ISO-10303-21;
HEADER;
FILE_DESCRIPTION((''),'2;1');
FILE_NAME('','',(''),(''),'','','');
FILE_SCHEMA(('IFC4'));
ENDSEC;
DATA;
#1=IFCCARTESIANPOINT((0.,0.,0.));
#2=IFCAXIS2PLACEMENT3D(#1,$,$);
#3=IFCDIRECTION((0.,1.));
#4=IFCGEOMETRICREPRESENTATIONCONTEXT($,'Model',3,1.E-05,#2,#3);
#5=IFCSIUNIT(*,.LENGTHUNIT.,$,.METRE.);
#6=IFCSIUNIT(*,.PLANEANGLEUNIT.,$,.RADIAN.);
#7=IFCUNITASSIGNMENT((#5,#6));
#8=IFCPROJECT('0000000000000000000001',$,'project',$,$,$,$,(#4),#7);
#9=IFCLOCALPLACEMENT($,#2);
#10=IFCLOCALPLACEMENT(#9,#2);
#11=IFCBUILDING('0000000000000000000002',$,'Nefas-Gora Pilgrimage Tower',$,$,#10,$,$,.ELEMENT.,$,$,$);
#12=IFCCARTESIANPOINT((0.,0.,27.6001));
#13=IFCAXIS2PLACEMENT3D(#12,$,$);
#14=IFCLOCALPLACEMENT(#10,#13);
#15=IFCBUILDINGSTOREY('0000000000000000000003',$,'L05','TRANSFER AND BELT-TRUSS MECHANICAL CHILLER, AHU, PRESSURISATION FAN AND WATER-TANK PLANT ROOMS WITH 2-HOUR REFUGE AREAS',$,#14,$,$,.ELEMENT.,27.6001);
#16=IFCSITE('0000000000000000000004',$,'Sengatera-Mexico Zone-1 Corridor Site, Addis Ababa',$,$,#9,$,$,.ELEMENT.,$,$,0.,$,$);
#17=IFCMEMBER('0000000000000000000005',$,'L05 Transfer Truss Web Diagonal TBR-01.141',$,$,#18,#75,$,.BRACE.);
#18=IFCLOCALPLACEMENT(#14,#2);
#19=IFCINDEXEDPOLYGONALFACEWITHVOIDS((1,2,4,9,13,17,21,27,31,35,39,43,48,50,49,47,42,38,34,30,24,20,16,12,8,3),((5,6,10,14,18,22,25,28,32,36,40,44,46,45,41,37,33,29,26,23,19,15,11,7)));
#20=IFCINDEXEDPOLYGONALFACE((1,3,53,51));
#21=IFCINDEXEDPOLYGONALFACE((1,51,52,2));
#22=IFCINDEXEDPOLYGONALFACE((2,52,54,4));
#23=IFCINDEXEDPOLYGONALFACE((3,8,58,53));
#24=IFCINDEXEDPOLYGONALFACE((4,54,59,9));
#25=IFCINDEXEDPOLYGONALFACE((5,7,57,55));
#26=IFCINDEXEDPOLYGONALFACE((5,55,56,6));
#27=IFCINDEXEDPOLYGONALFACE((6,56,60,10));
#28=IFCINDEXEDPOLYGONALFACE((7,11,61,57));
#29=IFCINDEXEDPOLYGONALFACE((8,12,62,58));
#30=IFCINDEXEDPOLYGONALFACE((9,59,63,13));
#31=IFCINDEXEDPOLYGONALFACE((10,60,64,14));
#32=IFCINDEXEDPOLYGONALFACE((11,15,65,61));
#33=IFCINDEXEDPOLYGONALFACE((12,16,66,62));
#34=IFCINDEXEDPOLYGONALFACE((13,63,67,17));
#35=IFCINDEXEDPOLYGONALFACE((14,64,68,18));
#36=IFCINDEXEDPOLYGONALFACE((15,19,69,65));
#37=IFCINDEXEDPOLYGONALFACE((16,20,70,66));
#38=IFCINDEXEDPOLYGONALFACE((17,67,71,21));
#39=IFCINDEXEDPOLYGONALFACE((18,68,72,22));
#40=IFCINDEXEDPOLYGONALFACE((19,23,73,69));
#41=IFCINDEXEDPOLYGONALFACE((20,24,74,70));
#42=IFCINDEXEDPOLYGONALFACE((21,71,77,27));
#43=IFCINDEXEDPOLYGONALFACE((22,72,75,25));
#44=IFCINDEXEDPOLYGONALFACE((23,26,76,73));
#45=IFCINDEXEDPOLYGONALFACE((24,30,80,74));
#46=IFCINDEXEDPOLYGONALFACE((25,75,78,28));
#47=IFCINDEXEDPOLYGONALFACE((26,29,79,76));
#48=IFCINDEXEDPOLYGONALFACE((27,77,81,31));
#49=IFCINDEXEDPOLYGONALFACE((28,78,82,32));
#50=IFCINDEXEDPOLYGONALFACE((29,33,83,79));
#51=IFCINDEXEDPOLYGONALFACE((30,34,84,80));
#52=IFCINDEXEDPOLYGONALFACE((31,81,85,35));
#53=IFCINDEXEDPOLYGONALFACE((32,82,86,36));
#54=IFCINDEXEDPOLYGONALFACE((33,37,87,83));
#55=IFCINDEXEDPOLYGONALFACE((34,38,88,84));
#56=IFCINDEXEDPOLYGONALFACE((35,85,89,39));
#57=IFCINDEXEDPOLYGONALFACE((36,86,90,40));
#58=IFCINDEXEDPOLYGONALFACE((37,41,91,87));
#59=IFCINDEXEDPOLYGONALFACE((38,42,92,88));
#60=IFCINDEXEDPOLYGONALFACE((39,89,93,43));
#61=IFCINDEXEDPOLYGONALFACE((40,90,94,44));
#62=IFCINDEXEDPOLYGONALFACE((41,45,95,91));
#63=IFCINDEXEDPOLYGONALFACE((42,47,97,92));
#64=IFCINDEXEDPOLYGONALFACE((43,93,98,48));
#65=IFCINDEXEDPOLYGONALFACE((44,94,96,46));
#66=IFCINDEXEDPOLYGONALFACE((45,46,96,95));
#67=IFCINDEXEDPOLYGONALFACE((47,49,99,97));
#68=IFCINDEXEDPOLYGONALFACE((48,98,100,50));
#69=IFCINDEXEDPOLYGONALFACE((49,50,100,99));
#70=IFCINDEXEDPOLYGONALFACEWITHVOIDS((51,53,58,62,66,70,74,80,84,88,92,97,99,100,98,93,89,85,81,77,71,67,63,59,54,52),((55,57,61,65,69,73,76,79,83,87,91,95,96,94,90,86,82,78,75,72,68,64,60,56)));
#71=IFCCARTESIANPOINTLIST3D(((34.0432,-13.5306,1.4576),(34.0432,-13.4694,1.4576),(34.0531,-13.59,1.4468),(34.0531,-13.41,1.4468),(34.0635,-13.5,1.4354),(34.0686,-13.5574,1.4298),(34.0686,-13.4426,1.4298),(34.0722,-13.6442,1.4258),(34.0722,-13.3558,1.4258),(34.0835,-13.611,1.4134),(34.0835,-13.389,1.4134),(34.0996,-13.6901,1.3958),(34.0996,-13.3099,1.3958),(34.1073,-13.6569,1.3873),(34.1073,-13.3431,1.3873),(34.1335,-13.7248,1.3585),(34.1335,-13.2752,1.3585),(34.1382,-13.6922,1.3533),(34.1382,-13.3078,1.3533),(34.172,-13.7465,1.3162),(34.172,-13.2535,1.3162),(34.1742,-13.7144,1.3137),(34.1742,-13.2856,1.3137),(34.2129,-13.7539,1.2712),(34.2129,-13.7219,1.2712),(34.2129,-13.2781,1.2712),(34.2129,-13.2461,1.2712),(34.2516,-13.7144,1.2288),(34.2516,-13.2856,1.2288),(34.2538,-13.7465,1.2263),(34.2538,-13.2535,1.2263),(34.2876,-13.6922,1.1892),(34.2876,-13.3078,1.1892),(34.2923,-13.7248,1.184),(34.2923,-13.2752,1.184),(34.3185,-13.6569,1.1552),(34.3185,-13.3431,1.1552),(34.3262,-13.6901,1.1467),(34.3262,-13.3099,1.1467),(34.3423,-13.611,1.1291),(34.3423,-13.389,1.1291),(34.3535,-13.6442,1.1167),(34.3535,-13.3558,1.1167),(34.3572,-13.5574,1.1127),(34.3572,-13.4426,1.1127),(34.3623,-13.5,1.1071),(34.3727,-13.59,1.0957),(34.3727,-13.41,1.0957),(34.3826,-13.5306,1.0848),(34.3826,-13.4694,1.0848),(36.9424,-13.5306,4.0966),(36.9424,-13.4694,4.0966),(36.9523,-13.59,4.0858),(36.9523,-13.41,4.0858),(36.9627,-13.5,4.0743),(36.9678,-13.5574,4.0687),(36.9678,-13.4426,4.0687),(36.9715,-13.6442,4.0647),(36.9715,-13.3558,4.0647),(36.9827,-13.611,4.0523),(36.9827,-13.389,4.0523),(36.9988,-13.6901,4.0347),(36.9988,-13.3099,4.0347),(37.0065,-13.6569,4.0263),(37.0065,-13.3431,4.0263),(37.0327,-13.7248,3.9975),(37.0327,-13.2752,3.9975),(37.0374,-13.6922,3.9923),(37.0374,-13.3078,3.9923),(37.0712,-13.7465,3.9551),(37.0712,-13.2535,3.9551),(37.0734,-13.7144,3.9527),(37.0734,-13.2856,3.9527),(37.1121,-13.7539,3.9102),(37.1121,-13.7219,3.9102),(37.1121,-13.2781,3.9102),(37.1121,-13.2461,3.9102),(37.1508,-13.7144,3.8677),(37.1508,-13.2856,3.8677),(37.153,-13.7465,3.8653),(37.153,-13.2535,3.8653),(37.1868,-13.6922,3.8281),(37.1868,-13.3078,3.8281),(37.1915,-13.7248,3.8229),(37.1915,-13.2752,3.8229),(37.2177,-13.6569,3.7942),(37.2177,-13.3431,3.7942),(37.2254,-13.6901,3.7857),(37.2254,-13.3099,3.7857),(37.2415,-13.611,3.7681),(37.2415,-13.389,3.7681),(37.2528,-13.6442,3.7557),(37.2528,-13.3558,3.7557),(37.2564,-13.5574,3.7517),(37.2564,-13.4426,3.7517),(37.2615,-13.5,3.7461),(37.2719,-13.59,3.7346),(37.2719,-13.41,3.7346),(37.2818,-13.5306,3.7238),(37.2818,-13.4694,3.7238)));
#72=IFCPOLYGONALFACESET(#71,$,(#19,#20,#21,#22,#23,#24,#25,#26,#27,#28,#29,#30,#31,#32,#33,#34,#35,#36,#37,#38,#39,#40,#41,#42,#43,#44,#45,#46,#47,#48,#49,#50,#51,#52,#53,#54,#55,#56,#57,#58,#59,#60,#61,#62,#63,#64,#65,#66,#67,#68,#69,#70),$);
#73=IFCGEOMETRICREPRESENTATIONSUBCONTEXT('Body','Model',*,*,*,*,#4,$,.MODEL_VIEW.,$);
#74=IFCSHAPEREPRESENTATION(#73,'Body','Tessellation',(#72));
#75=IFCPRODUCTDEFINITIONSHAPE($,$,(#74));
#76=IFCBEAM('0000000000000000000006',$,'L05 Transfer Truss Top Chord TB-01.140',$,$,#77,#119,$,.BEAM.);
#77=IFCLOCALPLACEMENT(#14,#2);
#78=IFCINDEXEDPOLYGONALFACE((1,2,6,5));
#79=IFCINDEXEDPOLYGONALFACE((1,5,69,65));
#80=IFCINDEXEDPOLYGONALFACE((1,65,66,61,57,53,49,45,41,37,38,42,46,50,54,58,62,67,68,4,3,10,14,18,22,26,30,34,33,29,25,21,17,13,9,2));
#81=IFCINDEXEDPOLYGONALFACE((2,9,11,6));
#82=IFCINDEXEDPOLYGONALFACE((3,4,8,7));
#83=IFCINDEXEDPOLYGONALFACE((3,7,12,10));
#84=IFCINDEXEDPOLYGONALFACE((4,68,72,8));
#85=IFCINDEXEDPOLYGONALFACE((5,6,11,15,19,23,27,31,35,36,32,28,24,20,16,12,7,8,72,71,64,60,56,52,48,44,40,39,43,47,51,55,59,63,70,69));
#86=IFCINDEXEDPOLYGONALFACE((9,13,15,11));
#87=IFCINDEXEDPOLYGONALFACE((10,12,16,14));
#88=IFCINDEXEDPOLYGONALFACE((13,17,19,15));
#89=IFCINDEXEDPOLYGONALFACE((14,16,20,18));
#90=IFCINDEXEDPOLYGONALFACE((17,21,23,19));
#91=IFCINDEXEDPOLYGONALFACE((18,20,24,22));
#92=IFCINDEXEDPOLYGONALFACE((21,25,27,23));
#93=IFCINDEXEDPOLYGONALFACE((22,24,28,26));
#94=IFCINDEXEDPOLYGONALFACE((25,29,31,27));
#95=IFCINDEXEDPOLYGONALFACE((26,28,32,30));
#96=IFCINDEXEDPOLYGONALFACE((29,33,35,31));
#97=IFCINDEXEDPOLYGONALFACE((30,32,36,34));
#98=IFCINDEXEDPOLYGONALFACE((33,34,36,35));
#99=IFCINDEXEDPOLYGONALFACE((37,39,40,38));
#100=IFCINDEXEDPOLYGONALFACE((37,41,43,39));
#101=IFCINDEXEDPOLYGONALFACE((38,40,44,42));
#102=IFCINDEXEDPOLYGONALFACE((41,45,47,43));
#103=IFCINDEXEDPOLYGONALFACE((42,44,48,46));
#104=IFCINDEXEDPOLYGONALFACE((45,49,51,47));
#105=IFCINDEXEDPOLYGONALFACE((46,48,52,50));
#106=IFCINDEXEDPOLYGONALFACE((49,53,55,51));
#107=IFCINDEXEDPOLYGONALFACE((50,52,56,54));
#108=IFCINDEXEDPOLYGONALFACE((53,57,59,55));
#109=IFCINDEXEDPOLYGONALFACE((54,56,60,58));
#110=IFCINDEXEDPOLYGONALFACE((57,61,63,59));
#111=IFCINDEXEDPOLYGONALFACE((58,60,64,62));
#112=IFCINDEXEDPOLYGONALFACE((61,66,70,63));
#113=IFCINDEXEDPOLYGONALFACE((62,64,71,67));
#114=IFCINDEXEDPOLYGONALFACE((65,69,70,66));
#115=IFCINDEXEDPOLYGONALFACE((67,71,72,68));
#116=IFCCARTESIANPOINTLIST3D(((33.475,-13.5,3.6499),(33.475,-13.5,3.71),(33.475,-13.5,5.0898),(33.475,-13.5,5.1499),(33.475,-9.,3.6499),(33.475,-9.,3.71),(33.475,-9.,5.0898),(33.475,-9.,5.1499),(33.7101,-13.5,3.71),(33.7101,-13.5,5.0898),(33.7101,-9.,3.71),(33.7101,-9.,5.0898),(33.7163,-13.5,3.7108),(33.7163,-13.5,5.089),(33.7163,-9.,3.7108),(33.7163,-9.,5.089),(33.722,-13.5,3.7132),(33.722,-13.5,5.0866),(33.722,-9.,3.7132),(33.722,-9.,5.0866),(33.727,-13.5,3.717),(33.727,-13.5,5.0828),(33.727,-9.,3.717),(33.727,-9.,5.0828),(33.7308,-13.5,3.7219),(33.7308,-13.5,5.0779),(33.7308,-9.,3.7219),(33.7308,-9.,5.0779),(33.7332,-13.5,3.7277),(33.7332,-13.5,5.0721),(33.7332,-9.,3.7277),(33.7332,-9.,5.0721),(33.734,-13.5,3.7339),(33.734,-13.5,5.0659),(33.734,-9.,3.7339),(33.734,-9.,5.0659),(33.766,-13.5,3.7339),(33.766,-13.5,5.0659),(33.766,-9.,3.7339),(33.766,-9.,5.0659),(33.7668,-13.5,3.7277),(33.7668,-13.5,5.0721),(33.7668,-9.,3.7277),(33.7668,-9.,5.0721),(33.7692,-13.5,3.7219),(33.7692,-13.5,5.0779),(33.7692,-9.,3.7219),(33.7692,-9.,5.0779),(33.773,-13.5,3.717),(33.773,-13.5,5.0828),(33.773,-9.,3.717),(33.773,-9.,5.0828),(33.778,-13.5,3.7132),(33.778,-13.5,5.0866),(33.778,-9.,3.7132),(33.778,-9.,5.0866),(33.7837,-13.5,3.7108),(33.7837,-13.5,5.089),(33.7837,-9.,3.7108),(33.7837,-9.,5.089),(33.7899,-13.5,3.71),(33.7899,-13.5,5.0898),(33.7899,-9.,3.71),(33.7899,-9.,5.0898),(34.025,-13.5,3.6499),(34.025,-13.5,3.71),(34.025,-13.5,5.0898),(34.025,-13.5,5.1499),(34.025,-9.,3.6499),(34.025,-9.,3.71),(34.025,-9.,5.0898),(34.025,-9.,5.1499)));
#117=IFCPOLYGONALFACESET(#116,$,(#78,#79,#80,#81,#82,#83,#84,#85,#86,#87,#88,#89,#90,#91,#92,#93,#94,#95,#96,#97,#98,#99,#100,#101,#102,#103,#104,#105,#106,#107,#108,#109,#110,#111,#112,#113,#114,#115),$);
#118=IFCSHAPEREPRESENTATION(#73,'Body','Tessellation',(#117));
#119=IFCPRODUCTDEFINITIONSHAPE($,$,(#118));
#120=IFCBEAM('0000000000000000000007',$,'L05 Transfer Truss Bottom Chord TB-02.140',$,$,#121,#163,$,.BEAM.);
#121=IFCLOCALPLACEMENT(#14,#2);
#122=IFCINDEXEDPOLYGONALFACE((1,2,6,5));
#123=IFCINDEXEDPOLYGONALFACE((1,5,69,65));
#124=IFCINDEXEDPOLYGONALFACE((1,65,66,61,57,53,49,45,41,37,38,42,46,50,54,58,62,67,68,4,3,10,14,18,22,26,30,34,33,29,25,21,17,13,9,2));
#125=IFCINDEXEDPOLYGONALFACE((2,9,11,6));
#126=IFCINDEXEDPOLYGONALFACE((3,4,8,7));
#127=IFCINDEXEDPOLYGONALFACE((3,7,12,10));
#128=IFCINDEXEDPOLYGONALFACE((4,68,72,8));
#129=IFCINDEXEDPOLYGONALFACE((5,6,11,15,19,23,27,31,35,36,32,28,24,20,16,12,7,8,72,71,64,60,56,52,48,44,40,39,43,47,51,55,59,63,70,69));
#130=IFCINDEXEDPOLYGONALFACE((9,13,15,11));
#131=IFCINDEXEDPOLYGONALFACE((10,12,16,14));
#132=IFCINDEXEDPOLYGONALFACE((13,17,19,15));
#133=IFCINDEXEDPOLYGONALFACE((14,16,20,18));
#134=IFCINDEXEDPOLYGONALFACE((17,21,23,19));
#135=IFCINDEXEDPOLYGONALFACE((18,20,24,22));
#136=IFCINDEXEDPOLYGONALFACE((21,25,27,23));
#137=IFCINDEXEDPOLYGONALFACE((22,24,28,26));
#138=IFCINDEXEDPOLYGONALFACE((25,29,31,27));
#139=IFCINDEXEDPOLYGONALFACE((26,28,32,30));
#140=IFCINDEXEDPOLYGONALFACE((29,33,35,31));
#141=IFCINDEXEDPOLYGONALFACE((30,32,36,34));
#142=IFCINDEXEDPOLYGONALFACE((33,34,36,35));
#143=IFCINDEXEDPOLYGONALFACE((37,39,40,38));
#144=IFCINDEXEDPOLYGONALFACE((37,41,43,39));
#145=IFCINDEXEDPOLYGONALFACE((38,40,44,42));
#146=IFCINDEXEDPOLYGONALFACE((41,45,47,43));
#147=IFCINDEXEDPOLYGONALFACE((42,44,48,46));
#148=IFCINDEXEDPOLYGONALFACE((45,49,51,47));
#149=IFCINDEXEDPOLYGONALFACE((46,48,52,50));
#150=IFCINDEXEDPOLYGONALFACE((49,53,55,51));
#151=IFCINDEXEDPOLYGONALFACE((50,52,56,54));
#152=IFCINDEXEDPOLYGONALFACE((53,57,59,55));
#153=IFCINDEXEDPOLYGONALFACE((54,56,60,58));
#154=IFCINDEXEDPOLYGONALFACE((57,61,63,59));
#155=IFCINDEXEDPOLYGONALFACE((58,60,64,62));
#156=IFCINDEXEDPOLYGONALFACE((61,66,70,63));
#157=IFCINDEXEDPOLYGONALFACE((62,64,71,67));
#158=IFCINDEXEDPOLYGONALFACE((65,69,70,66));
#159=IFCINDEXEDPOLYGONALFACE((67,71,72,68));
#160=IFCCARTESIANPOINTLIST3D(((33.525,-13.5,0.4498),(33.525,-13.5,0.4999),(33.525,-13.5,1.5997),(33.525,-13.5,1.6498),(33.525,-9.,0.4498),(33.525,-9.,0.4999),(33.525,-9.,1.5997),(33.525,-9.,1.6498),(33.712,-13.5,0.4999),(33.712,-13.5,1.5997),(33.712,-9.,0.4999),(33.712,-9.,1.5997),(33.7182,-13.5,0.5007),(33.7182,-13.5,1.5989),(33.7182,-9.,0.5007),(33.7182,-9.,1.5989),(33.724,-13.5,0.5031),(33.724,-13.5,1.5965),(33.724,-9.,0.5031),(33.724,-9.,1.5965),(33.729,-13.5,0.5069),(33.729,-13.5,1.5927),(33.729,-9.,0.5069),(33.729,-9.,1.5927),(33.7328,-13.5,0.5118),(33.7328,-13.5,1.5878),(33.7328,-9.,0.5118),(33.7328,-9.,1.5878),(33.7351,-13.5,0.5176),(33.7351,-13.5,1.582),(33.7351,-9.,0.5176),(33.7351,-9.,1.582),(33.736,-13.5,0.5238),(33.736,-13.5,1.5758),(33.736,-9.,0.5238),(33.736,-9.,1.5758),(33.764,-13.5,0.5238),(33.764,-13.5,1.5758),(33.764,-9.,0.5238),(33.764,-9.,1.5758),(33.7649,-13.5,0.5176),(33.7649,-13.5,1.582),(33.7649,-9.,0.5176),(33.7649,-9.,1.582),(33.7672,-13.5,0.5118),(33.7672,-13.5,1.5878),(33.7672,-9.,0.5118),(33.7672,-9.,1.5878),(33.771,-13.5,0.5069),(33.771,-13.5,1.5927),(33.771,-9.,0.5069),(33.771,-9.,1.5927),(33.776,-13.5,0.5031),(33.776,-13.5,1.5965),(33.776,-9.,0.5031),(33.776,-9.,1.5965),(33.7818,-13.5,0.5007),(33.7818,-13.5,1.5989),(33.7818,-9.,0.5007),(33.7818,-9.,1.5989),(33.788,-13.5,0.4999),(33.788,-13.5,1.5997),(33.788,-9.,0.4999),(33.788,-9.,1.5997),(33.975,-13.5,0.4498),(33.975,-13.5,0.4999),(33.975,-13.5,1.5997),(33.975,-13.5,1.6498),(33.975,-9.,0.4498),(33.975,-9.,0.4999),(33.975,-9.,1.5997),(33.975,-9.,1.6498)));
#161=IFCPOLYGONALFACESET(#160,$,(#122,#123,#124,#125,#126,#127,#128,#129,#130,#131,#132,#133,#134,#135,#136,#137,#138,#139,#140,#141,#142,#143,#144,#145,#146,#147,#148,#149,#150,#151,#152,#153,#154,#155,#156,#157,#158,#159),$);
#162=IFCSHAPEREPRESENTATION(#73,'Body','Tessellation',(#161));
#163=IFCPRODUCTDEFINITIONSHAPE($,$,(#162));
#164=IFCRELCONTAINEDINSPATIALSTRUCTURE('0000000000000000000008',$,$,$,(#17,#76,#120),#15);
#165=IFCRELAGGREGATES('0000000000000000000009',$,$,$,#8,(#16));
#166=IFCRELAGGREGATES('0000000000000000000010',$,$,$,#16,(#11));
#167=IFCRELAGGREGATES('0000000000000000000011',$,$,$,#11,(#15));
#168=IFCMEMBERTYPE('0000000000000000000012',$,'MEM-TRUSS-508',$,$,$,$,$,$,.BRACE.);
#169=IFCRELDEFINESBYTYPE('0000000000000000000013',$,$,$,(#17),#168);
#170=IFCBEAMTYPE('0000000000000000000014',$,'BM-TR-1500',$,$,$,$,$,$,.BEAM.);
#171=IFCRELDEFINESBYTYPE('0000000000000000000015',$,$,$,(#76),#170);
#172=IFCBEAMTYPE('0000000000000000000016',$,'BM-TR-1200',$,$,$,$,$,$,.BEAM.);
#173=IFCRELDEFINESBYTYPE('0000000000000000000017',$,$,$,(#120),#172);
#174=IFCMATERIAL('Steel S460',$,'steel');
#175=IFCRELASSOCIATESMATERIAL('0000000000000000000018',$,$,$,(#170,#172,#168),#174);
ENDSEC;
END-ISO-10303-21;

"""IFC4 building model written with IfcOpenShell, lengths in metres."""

from ifc_helpers import new_model, si_unit, direction, frame, origin, origin_2d, place, context, subcontext, project, spatial, hollow_circle, i_section, extrude, source, transform, mapped, material, material_profile, profile_set, type_object, element, save


model = new_model("IFC4")

# Units and contexts
model_context = context("Model", 3, precision=1e-05, world=origin(), true_north=direction((0.0, 1.0)))
body_context = subcontext(model_context, "Body", "Model", "MODEL_VIEW")
ifc_project = project(units=[si_unit("LENGTHUNIT", "METRE"), si_unit("PLANEANGLEUNIT", "RADIAN")], contexts=[model_context])

# Site, building, storey
site_placement = place(None, origin())
site = spatial("IfcSite", under=ifc_project, at=site_placement, Name="Sengatera-Mexico Zone-1 Corridor Site, Addis Ababa", CompositionType="ELEMENT", RefElevation=0.0)
building_placement = place(site_placement, origin())
building = spatial("IfcBuilding", under=site, at=building_placement, Name="Nefas-Gora Pilgrimage Tower", CompositionType="ELEMENT")
storey_placement = place(building_placement, frame((0.0, 0.0, 27.6001)))
storey = spatial("IfcBuildingStorey", under=building, at=storey_placement, Name="L05", Description="TRANSFER AND BELT-TRUSS MECHANICAL CHILLER, AHU, PRESSURISATION FAN AND WATER-TANK PLANT ROOMS WITH 2-HOUR REFUGE AREAS", CompositionType="ELEMENT", Elevation=27.6001)

# Shared definitions
ifc_material_1 = material(Name="Steel S460", Category="steel")

# Shared definitions
ifc_material_profile_1 = material_profile(ifc_material_1, i_section(OverallWidth=0.55, OverallDepth=1.5, WebThickness=0.032, FlangeThickness=0.0601, FilletRadius=0.0239, at=origin_2d()), Name="WPG 1500x550x32x60")
ifc_profile_set_1 = profile_set([ifc_material_profile_1], Name="Steel S460")
beam_type_1 = type_object("IfcBeamType", Name="BM-TR-1500", PredefinedType="BEAM", material=ifc_profile_set_1)
ifc_material_profile_2 = material_profile(ifc_material_1, i_section(OverallWidth=0.45, OverallDepth=1.2, WebThickness=0.0281, FlangeThickness=0.05, FilletRadius=0.0239, at=origin_2d()), Name="WPG 1200x450x28x50")
ifc_profile_set_2 = profile_set([ifc_material_profile_2], Name="Steel S460")
beam_type_2 = type_object("IfcBeamType", Name="BM-TR-1200", PredefinedType="BEAM", material=ifc_profile_set_2)

# Shared definitions
ifc_material_profile_3 = material_profile(ifc_material_1, hollow_circle(Radius=0.2539, WallThickness=0.032, at=origin_2d()), Name="CHS 508x32")
ifc_profile_set_3 = profile_set([ifc_material_profile_3], Name="Steel S460")
member_type = type_object("IfcMemberType", Name="MEM-TRUSS-508", PredefinedType="BRACE", material=ifc_profile_set_3)

# Member
shared_shape_1 = source(origin(), body_context, "Body", "SweptSolid", [
    extrude(hollow_circle(Radius=0.2539, WallThickness=0.032, at=origin_2d()), origin(), (0.0, 0.0, 1.0), 3.9204),
])
member_1_placement = place(storey_placement, frame((34.2129, -13.5, 1.2712), z_axis=(0.73952, 0.0, 0.673135), x_axis=(0.0, 1.0, 0.0)))
element("IfcMember", 1, at=member_1_placement, inside=storey, type_object=member_type, Name="L05 Transfer Truss Web Diagonal TBR-01.141", PredefinedType="BRACE", context=body_context, shape_type="MappedRepresentation", body=[
    mapped(shared_shape_1, transform((0.0, 0.0, 0.0), x_axis=(1.0, 0.0, 0.0), y_axis=(0.0, 1.0, 0.0), z_axis=(0.0, 0.0, 1.0), scale=1.0)),
])

# Beams
shared_shape_2 = source(origin(), body_context, "Body", "SweptSolid", [
    extrude(i_section(OverallWidth=0.55, OverallDepth=1.5, WebThickness=0.032, FlangeThickness=0.0601, FilletRadius=0.0239, at=origin_2d()), origin(), (0.0, 0.0, 1.0), 4.5),
])
beam_1_placement = place(storey_placement, frame((33.75, -13.5, 4.3999), z_axis=(0.0, 1.0, 0.0), x_axis=(-1.0, 0.0, 0.0)))
element("IfcBeam", 2, at=beam_1_placement, inside=storey, type_object=beam_type_1, Name="L05 Transfer Truss Top Chord TB-01.140", PredefinedType="BEAM", context=body_context, shape_type="MappedRepresentation", body=[
    mapped(shared_shape_2, transform((0.0, 0.0, 0.0), x_axis=(1.0, 0.0, 0.0), y_axis=(0.0, 1.0, 0.0), z_axis=(0.0, 0.0, 1.0), scale=1.0)),
])
shared_shape_3 = source(origin(), body_context, "Body", "SweptSolid", [
    extrude(i_section(OverallWidth=0.45, OverallDepth=1.2, WebThickness=0.0281, FlangeThickness=0.05, FilletRadius=0.0239, at=origin_2d()), origin(), (0.0, 0.0, 1.0), 4.5),
])
beam_2_placement = place(storey_placement, frame((33.75, -13.5, 1.0498), z_axis=(0.0, 1.0, 0.0), x_axis=(-1.0, 0.0, 0.0)))
element("IfcBeam", 3, at=beam_2_placement, inside=storey, type_object=beam_type_2, Name="L05 Transfer Truss Bottom Chord TB-02.140", PredefinedType="BEAM", context=body_context, shape_type="MappedRepresentation", body=[
    mapped(shared_shape_3, transform((0.0, 0.0, 0.0), x_axis=(1.0, 0.0, 0.0), y_axis=(0.0, 1.0, 0.0), z_axis=(0.0, 0.0, 1.0), scale=1.0)),
])

save(model, "model.ifc")
